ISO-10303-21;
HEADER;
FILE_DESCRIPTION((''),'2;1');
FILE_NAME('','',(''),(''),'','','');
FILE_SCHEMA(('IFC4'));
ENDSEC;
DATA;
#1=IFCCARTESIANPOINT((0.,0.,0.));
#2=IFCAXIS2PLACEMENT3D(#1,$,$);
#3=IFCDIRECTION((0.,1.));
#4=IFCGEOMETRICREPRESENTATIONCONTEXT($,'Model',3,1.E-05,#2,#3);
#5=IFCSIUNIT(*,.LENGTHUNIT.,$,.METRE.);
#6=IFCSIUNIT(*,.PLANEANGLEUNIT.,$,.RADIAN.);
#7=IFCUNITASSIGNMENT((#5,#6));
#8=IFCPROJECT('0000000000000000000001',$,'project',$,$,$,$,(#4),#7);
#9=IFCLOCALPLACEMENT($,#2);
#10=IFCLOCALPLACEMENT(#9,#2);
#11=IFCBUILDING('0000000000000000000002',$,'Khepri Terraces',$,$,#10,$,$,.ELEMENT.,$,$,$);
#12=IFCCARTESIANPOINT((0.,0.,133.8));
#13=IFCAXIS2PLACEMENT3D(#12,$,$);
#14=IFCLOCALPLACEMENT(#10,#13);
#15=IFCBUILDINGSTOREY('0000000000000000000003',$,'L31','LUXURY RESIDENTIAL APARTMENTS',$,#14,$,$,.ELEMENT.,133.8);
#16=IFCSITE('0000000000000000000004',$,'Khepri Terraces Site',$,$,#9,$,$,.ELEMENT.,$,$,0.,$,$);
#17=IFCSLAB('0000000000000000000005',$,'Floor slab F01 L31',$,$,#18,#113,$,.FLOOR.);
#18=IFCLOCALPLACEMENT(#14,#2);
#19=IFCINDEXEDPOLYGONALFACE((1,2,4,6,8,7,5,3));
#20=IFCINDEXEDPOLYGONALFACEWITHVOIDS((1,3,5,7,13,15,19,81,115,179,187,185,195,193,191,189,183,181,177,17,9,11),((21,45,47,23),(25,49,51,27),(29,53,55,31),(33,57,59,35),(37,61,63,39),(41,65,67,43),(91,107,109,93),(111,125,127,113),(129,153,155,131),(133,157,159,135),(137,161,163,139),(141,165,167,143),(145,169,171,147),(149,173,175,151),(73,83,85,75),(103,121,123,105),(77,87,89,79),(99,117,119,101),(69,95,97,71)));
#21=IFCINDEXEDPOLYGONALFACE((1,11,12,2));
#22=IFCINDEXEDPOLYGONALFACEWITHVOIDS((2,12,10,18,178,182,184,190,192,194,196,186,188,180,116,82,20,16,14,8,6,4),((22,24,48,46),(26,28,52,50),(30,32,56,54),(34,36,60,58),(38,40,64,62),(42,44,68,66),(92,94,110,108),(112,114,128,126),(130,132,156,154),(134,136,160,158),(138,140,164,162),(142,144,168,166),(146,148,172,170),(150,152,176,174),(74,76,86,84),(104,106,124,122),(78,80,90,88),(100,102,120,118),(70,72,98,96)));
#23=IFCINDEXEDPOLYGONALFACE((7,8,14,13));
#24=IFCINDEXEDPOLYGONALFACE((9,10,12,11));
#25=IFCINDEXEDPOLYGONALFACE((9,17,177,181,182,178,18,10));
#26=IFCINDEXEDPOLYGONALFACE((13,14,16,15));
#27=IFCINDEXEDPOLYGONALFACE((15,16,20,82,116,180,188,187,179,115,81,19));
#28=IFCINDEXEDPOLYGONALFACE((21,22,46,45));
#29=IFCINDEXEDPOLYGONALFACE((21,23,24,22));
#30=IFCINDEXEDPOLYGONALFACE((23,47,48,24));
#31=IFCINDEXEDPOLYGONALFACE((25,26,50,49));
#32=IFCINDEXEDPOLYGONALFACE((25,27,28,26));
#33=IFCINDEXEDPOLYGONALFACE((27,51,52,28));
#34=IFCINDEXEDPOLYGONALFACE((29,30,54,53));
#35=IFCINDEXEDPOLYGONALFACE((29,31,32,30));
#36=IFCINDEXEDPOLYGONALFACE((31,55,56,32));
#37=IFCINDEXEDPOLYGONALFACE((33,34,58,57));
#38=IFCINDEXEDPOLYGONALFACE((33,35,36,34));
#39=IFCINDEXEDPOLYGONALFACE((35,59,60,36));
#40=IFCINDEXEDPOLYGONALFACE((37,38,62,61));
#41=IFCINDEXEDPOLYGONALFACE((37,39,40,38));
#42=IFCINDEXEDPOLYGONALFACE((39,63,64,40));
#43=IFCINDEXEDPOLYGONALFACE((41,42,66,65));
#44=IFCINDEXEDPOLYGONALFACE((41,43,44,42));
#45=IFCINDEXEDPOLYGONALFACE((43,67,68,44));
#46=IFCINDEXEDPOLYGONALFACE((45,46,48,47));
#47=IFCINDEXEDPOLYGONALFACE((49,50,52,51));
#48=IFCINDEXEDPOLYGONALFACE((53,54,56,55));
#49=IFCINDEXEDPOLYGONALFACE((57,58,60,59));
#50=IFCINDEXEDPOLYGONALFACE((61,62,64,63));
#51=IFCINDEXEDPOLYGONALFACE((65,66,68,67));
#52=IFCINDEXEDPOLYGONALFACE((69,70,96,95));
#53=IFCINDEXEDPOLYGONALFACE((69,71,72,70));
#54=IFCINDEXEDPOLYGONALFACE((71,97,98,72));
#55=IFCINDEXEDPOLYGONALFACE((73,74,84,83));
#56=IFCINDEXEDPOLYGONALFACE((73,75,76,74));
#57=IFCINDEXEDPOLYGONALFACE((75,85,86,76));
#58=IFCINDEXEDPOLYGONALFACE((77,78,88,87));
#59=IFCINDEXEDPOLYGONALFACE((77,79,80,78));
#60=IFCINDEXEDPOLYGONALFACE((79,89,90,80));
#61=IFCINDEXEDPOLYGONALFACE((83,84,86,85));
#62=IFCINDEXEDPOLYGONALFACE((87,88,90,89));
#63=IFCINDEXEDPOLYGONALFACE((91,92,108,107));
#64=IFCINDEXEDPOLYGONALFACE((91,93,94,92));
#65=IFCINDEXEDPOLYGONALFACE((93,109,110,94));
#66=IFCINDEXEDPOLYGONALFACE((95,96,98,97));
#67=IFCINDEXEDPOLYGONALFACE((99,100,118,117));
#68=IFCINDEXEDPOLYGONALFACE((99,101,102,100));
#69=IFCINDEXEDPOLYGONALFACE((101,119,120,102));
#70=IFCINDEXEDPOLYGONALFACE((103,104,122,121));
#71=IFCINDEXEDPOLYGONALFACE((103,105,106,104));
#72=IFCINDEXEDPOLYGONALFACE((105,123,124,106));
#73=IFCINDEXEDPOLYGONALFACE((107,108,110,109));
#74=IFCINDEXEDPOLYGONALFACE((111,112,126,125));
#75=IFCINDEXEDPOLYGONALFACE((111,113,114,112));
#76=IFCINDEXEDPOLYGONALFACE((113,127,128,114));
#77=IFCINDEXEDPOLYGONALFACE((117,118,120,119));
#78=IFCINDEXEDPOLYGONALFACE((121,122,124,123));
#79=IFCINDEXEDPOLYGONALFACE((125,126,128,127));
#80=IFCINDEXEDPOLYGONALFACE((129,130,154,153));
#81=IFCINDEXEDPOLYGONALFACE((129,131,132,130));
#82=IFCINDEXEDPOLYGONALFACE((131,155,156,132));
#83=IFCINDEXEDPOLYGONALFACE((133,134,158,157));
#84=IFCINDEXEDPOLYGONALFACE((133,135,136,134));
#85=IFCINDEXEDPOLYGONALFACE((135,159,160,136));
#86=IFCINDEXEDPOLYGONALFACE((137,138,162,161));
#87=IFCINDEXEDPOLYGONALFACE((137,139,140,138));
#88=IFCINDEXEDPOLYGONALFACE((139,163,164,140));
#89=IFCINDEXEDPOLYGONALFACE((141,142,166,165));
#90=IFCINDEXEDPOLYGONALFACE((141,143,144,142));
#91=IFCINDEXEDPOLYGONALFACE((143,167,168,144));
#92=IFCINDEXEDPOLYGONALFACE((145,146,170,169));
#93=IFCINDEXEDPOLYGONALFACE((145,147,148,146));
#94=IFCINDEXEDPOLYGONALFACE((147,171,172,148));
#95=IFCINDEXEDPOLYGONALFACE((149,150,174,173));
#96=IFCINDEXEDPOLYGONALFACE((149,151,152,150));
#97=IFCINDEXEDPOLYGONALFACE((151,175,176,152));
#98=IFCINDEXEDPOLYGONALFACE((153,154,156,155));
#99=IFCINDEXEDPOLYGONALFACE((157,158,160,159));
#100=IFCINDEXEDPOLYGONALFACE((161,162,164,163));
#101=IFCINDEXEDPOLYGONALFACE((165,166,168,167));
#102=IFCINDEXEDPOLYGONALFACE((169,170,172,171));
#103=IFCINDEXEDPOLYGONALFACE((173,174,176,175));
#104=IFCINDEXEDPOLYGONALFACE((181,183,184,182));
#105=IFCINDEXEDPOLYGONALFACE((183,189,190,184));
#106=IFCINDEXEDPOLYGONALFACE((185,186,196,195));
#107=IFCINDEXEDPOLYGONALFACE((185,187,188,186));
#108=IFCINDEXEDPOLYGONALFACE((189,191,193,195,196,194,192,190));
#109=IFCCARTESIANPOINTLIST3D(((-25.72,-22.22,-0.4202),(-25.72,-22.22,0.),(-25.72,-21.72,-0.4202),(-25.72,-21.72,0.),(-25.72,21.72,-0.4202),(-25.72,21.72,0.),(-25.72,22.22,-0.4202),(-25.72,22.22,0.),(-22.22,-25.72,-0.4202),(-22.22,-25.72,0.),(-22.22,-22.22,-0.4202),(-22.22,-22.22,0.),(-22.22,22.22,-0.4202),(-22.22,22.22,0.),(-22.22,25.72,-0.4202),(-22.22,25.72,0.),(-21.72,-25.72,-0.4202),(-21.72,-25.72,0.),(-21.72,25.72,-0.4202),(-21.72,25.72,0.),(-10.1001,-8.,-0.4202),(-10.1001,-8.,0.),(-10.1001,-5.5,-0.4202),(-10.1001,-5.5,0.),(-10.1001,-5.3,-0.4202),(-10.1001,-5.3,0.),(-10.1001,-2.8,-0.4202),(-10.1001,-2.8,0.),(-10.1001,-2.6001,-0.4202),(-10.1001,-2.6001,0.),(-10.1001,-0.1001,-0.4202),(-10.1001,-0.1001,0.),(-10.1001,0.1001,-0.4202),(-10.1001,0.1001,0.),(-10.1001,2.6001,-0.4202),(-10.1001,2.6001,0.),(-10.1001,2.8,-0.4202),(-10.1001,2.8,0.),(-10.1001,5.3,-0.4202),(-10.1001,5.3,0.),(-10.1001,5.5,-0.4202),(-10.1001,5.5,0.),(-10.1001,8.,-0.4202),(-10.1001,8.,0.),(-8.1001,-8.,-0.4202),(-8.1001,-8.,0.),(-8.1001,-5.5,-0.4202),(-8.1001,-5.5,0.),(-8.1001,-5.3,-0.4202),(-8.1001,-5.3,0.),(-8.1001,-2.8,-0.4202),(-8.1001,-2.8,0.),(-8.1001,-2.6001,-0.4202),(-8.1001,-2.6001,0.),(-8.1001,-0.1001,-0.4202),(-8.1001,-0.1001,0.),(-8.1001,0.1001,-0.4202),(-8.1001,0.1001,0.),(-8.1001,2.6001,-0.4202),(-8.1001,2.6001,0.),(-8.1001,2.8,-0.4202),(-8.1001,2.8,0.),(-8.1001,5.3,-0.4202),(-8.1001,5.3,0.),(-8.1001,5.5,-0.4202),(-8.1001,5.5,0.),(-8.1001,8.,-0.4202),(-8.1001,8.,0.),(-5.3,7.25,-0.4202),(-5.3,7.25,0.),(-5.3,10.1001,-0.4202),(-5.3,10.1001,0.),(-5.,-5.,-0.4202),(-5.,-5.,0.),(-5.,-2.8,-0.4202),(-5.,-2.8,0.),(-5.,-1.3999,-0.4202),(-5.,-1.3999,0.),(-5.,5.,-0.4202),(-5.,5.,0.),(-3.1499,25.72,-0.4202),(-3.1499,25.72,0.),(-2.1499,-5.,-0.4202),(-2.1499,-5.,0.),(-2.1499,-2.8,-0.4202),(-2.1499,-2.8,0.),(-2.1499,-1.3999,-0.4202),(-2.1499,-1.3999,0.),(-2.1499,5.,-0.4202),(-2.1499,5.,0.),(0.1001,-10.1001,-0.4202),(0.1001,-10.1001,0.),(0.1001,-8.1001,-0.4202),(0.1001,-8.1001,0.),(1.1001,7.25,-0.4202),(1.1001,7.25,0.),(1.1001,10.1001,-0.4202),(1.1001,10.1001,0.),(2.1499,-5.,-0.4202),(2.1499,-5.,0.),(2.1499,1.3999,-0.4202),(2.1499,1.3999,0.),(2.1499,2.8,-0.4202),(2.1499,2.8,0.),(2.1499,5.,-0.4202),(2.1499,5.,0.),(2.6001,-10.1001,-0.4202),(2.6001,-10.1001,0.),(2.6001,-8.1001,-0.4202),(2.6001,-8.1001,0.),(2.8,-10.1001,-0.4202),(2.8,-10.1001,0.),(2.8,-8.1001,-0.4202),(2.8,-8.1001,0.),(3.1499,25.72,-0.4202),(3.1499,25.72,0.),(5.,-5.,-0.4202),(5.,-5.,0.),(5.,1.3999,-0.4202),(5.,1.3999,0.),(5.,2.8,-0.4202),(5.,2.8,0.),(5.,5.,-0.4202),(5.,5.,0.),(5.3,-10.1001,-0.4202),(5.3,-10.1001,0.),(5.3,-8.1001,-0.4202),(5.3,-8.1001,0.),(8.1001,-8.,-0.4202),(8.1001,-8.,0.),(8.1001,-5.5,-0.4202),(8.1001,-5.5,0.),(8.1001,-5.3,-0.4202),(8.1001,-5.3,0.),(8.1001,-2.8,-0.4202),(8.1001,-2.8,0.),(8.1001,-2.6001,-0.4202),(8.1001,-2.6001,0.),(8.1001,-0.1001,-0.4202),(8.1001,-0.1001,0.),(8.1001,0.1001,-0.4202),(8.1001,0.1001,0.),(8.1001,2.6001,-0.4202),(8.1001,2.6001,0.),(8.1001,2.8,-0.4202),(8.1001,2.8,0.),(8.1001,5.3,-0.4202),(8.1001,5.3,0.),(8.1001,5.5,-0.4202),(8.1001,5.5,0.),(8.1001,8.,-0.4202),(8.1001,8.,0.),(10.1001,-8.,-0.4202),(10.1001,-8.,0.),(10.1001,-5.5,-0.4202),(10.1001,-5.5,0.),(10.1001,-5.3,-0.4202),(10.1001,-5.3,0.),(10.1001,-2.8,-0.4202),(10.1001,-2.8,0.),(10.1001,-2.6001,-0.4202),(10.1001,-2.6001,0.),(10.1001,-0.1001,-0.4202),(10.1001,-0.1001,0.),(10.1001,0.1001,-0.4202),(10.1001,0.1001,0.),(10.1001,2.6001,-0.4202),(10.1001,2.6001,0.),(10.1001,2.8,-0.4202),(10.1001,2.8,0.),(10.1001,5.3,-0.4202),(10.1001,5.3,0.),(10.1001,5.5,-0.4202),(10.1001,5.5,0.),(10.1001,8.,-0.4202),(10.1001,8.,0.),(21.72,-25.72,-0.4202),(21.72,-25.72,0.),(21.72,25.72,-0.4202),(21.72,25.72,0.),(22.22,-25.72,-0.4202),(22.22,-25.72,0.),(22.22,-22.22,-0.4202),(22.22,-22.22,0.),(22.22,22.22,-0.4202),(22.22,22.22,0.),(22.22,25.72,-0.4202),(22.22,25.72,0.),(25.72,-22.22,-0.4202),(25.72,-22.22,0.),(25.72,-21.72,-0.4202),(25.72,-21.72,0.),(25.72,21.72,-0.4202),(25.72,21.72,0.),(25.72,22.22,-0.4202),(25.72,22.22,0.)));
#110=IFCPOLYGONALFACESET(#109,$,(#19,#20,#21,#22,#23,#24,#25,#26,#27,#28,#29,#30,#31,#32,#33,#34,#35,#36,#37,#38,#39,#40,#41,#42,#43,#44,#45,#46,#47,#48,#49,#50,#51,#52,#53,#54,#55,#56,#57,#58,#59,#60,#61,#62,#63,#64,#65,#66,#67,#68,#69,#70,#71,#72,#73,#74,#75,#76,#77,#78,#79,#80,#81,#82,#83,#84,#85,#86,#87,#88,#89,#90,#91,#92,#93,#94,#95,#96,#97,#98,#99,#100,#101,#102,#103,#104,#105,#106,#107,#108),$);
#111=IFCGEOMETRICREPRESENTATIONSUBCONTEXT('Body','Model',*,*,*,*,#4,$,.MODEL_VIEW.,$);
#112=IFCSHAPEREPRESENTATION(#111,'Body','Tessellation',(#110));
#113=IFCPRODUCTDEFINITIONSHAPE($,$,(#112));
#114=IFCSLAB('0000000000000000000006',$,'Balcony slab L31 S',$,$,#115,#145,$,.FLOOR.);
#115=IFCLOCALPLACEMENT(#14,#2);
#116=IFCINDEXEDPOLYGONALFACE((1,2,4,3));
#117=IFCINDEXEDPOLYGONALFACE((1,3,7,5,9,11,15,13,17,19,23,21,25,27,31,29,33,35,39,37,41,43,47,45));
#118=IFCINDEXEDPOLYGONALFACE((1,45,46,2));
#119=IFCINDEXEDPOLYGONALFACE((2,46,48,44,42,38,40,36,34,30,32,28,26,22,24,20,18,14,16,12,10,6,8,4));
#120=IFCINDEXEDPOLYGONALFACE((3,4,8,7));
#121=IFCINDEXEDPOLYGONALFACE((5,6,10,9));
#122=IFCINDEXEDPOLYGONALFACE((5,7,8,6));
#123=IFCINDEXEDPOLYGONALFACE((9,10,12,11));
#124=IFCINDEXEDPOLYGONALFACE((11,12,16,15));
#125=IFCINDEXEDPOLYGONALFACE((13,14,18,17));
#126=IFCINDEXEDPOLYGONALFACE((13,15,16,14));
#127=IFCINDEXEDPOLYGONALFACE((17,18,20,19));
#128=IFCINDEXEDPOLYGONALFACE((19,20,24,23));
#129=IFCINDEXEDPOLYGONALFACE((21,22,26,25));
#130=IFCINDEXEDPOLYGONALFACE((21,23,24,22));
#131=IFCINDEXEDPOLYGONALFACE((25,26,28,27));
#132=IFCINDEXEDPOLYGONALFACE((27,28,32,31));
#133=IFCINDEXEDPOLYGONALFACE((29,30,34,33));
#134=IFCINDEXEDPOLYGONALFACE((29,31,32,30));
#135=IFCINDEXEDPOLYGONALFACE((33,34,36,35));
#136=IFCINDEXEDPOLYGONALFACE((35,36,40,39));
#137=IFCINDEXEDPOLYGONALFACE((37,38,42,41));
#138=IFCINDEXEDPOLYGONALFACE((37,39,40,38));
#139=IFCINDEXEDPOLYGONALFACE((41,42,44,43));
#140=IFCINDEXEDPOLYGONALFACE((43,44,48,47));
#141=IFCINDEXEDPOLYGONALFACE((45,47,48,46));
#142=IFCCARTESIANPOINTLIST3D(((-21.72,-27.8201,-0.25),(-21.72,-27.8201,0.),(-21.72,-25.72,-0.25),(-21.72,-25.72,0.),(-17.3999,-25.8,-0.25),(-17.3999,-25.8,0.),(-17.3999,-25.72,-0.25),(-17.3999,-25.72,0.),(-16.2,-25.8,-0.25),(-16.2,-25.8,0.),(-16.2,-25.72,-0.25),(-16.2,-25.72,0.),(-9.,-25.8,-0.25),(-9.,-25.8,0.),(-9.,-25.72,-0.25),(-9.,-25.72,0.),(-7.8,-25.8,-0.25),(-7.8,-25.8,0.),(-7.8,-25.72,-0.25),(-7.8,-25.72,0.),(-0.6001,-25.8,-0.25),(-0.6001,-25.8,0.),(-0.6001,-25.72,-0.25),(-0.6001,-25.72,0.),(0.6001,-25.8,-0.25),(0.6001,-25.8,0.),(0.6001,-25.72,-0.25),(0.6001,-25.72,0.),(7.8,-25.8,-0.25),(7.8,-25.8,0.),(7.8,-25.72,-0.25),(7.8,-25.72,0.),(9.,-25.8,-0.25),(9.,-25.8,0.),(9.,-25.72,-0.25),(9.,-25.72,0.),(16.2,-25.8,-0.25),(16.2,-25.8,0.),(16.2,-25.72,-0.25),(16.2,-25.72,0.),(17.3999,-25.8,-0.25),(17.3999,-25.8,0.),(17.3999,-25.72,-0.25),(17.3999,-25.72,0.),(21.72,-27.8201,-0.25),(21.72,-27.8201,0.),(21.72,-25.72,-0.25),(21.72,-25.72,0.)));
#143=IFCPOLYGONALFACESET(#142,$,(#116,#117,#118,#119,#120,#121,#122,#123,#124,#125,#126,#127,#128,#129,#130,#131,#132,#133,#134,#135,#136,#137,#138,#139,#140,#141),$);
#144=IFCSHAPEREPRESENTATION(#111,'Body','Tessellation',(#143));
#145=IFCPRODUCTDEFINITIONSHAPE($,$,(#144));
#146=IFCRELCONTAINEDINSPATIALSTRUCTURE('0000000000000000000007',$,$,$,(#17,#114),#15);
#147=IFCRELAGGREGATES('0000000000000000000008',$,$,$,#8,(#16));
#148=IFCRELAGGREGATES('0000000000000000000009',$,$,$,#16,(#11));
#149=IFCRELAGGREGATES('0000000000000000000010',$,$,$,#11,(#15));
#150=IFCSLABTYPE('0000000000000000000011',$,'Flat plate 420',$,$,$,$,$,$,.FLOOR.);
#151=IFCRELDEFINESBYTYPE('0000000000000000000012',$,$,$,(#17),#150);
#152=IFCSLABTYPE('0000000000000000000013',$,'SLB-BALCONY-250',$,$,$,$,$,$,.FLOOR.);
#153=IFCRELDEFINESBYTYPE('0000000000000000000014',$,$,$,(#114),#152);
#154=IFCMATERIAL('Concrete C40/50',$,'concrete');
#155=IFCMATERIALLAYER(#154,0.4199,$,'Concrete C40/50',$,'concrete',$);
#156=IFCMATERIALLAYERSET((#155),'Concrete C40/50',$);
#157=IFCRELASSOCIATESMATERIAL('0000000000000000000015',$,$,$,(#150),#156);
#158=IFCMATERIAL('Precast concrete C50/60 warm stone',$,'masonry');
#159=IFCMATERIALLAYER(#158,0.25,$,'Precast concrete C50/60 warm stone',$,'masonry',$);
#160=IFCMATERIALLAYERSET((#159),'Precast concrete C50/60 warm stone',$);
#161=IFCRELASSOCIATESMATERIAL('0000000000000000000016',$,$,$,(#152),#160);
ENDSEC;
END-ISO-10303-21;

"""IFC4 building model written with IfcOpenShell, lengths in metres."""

from ifc_helpers import new_model, si_unit, direction, frame, origin, place, context, subcontext, project, spatial, polyline, outline, extrude, material, layer, layer_set, type_object, element, save


model = new_model("IFC4")

# Units and contexts
model_context = context("Model", 3, precision=1e-05, world=origin(), true_north=direction((0.0, 1.0)))
body_context = subcontext(model_context, "Body", "Model", "MODEL_VIEW")
ifc_project = project(units=[si_unit("LENGTHUNIT", "METRE"), si_unit("PLANEANGLEUNIT", "RADIAN")], contexts=[model_context])

# Site, building, storey
site_placement = place(None, origin())
site = spatial("IfcSite", under=ifc_project, at=site_placement, Name="Khepri Terraces Site", CompositionType="ELEMENT", RefElevation=0.0)
building_placement = place(site_placement, origin())
building = spatial("IfcBuilding", under=site, at=building_placement, Name="Khepri Terraces", CompositionType="ELEMENT")
storey_placement = place(building_placement, frame((0.0, 0.0, 133.8)))
storey = spatial("IfcBuildingStorey", under=building, at=storey_placement, Name="L31", Description="LUXURY RESIDENTIAL APARTMENTS", CompositionType="ELEMENT", Elevation=133.8)

# Slabs
ifc_material_1 = material(Name="Concrete C40/50", Category="concrete")
ifc_layer_1 = layer(ifc_material_1, 0.4199, Name="Concrete C40/50", Category="concrete")
ifc_layer_set_1 = layer_set([ifc_layer_1], Name="Concrete C40/50")
slab_type_1 = type_object("IfcSlabType", Name="Flat plate 420", PredefinedType="FLOOR", material=ifc_layer_set_1)
slab_1_placement = place(storey_placement, frame((0.0, 0.0, -0.4202)))
element("IfcSlab", 1, at=slab_1_placement, inside=storey, type_object=slab_type_1, Name="Floor slab F01 L31", PredefinedType="FLOOR", context=body_context, shape_type="SweptSolid", body=[
    extrude(outline(polyline([(-22.22, -25.72), (-22.22, -22.22), (-25.72, -22.22), (-25.72, -21.72), (-25.72, 21.72), (-25.72, 22.22), (-22.22, 22.22), (-22.22, 25.72), (-21.72, 25.72), (-3.1499, 25.72), (3.1499, 25.72), (21.72, 25.72), (22.22, 25.72), (22.22, 22.22), (25.72, 22.22), (25.72, 21.72), (25.72, -21.72), (25.72, -22.22), (22.22, -22.22), (22.22, -25.72), (21.72, -25.72), (-21.72, -25.72), (-22.22, -25.72)]), holes=[polyline([(2.1499, 2.8), (5.0, 2.8), (5.0, 5.0), (2.1499, 5.0), (2.1499, 2.8)]), polyline([(-5.0, -2.8), (-5.0, -5.0), (-2.1499, -5.0), (-2.1499, -2.8), (-5.0, -2.8)]), polyline([(-8.1001, -5.5), (-10.1001, -5.5), (-10.1001, -8.0), (-8.1001, -8.0), (-8.1001, -5.5)]), polyline([(10.1001, -8.0), (10.1001, -5.5), (8.1001, -5.5), (8.1001, -8.0), (10.1001, -8.0)]), polyline([(-10.1001, -5.3), (-8.1001, -5.3), (-8.1001, -2.8), (-10.1001, -2.8), (-10.1001, -5.3)]), polyline([(8.1001, -2.8), (8.1001, -5.3), (10.1001, -5.3), (10.1001, -2.8), (8.1001, -2.8)]), polyline([(-8.1001, -0.1001), (-10.1001, -0.1001), (-10.1001, -2.6001), (-8.1001, -2.6001), (-8.1001, -0.1001)]), polyline([(10.1001, -2.6001), (10.1001, -0.1001), (8.1001, -0.1001), (8.1001, -2.6001), (10.1001, -2.6001)]), polyline([(-10.1001, 0.1001), (-8.1001, 0.1001), (-8.1001, 2.6001), (-10.1001, 2.6001), (-10.1001, 0.1001)]), polyline([(8.1001, 2.6001), (8.1001, 0.1001), (10.1001, 0.1001), (10.1001, 2.6001), (8.1001, 2.6001)]), polyline([(-8.1001, 5.3), (-10.1001, 5.3), (-10.1001, 2.8), (-8.1001, 2.8), (-8.1001, 5.3)]), polyline([(10.1001, 2.8), (10.1001, 5.3), (8.1001, 5.3), (8.1001, 2.8), (10.1001, 2.8)]), polyline([(-10.1001, 5.5), (-8.1001, 5.5), (-8.1001, 8.0), (-10.1001, 8.0), (-10.1001, 5.5)]), polyline([(8.1001, 8.0), (8.1001, 5.5), (10.1001, 5.5), (10.1001, 8.0), (8.1001, 8.0)]), polyline([(2.6001, -8.1001), (0.1001, -8.1001), (0.1001, -10.1001), (2.6001, -10.1001), (2.6001, -8.1001)]), polyline([(5.3, -10.1001), (5.3, -8.1001), (2.8, -8.1001), (2.8, -10.1001), (5.3, -10.1001)]), polyline([(-5.0, -1.3999), (-2.1499, -1.3999), (-2.1499, 5.0), (-5.0, 5.0), (-5.0, -1.3999)]), polyline([(5.0, -5.0), (5.0, 1.3999), (2.1499, 1.3999), (2.1499, -5.0), (5.0, -5.0)]), polyline([(-5.3, 10.1001), (-5.3, 7.25), (1.1001, 7.25), (1.1001, 10.1001), (-5.3, 10.1001)])]), origin(), (0.0, 0.0, 1.0), 0.4202),
])
ifc_material_2 = material(Name="Precast concrete C50/60 warm stone", Category="masonry")
ifc_layer_2 = layer(ifc_material_2, 0.25, Name="Precast concrete C50/60 warm stone", Category="masonry")
ifc_layer_set_2 = layer_set([ifc_layer_2], Name="Precast concrete C50/60 warm stone")
slab_type_2 = type_object("IfcSlabType", Name="SLB-BALCONY-250", PredefinedType="FLOOR", material=ifc_layer_set_2)
slab_2_placement = place(storey_placement, frame((0.0, 0.0, -0.25)))
element("IfcSlab", 2, at=slab_2_placement, inside=storey, type_object=slab_type_2, Name="Balcony slab L31 S", PredefinedType="FLOOR", context=body_context, shape_type="SweptSolid", body=[
    extrude(outline(polyline([(-17.3999, -25.72), (-21.72, -25.72), (-21.72, -27.8201), (21.72, -27.8201), (21.72, -25.72), (17.3999, -25.72), (17.3999, -25.8), (16.2, -25.8), (16.2, -25.72), (9.0, -25.72), (9.0, -25.8), (7.8, -25.8), (7.8, -25.72), (0.6001, -25.72), (0.6001, -25.8), (-0.6001, -25.8), (-0.6001, -25.72), (-7.8, -25.72), (-7.8, -25.8), (-9.0, -25.8), (-9.0, -25.72), (-16.2, -25.72), (-16.2, -25.8), (-17.3999, -25.8), (-17.3999, -25.72)])), origin(), (0.0, 0.0, 1.0), 0.25),
])

save(model, "model.ifc")
